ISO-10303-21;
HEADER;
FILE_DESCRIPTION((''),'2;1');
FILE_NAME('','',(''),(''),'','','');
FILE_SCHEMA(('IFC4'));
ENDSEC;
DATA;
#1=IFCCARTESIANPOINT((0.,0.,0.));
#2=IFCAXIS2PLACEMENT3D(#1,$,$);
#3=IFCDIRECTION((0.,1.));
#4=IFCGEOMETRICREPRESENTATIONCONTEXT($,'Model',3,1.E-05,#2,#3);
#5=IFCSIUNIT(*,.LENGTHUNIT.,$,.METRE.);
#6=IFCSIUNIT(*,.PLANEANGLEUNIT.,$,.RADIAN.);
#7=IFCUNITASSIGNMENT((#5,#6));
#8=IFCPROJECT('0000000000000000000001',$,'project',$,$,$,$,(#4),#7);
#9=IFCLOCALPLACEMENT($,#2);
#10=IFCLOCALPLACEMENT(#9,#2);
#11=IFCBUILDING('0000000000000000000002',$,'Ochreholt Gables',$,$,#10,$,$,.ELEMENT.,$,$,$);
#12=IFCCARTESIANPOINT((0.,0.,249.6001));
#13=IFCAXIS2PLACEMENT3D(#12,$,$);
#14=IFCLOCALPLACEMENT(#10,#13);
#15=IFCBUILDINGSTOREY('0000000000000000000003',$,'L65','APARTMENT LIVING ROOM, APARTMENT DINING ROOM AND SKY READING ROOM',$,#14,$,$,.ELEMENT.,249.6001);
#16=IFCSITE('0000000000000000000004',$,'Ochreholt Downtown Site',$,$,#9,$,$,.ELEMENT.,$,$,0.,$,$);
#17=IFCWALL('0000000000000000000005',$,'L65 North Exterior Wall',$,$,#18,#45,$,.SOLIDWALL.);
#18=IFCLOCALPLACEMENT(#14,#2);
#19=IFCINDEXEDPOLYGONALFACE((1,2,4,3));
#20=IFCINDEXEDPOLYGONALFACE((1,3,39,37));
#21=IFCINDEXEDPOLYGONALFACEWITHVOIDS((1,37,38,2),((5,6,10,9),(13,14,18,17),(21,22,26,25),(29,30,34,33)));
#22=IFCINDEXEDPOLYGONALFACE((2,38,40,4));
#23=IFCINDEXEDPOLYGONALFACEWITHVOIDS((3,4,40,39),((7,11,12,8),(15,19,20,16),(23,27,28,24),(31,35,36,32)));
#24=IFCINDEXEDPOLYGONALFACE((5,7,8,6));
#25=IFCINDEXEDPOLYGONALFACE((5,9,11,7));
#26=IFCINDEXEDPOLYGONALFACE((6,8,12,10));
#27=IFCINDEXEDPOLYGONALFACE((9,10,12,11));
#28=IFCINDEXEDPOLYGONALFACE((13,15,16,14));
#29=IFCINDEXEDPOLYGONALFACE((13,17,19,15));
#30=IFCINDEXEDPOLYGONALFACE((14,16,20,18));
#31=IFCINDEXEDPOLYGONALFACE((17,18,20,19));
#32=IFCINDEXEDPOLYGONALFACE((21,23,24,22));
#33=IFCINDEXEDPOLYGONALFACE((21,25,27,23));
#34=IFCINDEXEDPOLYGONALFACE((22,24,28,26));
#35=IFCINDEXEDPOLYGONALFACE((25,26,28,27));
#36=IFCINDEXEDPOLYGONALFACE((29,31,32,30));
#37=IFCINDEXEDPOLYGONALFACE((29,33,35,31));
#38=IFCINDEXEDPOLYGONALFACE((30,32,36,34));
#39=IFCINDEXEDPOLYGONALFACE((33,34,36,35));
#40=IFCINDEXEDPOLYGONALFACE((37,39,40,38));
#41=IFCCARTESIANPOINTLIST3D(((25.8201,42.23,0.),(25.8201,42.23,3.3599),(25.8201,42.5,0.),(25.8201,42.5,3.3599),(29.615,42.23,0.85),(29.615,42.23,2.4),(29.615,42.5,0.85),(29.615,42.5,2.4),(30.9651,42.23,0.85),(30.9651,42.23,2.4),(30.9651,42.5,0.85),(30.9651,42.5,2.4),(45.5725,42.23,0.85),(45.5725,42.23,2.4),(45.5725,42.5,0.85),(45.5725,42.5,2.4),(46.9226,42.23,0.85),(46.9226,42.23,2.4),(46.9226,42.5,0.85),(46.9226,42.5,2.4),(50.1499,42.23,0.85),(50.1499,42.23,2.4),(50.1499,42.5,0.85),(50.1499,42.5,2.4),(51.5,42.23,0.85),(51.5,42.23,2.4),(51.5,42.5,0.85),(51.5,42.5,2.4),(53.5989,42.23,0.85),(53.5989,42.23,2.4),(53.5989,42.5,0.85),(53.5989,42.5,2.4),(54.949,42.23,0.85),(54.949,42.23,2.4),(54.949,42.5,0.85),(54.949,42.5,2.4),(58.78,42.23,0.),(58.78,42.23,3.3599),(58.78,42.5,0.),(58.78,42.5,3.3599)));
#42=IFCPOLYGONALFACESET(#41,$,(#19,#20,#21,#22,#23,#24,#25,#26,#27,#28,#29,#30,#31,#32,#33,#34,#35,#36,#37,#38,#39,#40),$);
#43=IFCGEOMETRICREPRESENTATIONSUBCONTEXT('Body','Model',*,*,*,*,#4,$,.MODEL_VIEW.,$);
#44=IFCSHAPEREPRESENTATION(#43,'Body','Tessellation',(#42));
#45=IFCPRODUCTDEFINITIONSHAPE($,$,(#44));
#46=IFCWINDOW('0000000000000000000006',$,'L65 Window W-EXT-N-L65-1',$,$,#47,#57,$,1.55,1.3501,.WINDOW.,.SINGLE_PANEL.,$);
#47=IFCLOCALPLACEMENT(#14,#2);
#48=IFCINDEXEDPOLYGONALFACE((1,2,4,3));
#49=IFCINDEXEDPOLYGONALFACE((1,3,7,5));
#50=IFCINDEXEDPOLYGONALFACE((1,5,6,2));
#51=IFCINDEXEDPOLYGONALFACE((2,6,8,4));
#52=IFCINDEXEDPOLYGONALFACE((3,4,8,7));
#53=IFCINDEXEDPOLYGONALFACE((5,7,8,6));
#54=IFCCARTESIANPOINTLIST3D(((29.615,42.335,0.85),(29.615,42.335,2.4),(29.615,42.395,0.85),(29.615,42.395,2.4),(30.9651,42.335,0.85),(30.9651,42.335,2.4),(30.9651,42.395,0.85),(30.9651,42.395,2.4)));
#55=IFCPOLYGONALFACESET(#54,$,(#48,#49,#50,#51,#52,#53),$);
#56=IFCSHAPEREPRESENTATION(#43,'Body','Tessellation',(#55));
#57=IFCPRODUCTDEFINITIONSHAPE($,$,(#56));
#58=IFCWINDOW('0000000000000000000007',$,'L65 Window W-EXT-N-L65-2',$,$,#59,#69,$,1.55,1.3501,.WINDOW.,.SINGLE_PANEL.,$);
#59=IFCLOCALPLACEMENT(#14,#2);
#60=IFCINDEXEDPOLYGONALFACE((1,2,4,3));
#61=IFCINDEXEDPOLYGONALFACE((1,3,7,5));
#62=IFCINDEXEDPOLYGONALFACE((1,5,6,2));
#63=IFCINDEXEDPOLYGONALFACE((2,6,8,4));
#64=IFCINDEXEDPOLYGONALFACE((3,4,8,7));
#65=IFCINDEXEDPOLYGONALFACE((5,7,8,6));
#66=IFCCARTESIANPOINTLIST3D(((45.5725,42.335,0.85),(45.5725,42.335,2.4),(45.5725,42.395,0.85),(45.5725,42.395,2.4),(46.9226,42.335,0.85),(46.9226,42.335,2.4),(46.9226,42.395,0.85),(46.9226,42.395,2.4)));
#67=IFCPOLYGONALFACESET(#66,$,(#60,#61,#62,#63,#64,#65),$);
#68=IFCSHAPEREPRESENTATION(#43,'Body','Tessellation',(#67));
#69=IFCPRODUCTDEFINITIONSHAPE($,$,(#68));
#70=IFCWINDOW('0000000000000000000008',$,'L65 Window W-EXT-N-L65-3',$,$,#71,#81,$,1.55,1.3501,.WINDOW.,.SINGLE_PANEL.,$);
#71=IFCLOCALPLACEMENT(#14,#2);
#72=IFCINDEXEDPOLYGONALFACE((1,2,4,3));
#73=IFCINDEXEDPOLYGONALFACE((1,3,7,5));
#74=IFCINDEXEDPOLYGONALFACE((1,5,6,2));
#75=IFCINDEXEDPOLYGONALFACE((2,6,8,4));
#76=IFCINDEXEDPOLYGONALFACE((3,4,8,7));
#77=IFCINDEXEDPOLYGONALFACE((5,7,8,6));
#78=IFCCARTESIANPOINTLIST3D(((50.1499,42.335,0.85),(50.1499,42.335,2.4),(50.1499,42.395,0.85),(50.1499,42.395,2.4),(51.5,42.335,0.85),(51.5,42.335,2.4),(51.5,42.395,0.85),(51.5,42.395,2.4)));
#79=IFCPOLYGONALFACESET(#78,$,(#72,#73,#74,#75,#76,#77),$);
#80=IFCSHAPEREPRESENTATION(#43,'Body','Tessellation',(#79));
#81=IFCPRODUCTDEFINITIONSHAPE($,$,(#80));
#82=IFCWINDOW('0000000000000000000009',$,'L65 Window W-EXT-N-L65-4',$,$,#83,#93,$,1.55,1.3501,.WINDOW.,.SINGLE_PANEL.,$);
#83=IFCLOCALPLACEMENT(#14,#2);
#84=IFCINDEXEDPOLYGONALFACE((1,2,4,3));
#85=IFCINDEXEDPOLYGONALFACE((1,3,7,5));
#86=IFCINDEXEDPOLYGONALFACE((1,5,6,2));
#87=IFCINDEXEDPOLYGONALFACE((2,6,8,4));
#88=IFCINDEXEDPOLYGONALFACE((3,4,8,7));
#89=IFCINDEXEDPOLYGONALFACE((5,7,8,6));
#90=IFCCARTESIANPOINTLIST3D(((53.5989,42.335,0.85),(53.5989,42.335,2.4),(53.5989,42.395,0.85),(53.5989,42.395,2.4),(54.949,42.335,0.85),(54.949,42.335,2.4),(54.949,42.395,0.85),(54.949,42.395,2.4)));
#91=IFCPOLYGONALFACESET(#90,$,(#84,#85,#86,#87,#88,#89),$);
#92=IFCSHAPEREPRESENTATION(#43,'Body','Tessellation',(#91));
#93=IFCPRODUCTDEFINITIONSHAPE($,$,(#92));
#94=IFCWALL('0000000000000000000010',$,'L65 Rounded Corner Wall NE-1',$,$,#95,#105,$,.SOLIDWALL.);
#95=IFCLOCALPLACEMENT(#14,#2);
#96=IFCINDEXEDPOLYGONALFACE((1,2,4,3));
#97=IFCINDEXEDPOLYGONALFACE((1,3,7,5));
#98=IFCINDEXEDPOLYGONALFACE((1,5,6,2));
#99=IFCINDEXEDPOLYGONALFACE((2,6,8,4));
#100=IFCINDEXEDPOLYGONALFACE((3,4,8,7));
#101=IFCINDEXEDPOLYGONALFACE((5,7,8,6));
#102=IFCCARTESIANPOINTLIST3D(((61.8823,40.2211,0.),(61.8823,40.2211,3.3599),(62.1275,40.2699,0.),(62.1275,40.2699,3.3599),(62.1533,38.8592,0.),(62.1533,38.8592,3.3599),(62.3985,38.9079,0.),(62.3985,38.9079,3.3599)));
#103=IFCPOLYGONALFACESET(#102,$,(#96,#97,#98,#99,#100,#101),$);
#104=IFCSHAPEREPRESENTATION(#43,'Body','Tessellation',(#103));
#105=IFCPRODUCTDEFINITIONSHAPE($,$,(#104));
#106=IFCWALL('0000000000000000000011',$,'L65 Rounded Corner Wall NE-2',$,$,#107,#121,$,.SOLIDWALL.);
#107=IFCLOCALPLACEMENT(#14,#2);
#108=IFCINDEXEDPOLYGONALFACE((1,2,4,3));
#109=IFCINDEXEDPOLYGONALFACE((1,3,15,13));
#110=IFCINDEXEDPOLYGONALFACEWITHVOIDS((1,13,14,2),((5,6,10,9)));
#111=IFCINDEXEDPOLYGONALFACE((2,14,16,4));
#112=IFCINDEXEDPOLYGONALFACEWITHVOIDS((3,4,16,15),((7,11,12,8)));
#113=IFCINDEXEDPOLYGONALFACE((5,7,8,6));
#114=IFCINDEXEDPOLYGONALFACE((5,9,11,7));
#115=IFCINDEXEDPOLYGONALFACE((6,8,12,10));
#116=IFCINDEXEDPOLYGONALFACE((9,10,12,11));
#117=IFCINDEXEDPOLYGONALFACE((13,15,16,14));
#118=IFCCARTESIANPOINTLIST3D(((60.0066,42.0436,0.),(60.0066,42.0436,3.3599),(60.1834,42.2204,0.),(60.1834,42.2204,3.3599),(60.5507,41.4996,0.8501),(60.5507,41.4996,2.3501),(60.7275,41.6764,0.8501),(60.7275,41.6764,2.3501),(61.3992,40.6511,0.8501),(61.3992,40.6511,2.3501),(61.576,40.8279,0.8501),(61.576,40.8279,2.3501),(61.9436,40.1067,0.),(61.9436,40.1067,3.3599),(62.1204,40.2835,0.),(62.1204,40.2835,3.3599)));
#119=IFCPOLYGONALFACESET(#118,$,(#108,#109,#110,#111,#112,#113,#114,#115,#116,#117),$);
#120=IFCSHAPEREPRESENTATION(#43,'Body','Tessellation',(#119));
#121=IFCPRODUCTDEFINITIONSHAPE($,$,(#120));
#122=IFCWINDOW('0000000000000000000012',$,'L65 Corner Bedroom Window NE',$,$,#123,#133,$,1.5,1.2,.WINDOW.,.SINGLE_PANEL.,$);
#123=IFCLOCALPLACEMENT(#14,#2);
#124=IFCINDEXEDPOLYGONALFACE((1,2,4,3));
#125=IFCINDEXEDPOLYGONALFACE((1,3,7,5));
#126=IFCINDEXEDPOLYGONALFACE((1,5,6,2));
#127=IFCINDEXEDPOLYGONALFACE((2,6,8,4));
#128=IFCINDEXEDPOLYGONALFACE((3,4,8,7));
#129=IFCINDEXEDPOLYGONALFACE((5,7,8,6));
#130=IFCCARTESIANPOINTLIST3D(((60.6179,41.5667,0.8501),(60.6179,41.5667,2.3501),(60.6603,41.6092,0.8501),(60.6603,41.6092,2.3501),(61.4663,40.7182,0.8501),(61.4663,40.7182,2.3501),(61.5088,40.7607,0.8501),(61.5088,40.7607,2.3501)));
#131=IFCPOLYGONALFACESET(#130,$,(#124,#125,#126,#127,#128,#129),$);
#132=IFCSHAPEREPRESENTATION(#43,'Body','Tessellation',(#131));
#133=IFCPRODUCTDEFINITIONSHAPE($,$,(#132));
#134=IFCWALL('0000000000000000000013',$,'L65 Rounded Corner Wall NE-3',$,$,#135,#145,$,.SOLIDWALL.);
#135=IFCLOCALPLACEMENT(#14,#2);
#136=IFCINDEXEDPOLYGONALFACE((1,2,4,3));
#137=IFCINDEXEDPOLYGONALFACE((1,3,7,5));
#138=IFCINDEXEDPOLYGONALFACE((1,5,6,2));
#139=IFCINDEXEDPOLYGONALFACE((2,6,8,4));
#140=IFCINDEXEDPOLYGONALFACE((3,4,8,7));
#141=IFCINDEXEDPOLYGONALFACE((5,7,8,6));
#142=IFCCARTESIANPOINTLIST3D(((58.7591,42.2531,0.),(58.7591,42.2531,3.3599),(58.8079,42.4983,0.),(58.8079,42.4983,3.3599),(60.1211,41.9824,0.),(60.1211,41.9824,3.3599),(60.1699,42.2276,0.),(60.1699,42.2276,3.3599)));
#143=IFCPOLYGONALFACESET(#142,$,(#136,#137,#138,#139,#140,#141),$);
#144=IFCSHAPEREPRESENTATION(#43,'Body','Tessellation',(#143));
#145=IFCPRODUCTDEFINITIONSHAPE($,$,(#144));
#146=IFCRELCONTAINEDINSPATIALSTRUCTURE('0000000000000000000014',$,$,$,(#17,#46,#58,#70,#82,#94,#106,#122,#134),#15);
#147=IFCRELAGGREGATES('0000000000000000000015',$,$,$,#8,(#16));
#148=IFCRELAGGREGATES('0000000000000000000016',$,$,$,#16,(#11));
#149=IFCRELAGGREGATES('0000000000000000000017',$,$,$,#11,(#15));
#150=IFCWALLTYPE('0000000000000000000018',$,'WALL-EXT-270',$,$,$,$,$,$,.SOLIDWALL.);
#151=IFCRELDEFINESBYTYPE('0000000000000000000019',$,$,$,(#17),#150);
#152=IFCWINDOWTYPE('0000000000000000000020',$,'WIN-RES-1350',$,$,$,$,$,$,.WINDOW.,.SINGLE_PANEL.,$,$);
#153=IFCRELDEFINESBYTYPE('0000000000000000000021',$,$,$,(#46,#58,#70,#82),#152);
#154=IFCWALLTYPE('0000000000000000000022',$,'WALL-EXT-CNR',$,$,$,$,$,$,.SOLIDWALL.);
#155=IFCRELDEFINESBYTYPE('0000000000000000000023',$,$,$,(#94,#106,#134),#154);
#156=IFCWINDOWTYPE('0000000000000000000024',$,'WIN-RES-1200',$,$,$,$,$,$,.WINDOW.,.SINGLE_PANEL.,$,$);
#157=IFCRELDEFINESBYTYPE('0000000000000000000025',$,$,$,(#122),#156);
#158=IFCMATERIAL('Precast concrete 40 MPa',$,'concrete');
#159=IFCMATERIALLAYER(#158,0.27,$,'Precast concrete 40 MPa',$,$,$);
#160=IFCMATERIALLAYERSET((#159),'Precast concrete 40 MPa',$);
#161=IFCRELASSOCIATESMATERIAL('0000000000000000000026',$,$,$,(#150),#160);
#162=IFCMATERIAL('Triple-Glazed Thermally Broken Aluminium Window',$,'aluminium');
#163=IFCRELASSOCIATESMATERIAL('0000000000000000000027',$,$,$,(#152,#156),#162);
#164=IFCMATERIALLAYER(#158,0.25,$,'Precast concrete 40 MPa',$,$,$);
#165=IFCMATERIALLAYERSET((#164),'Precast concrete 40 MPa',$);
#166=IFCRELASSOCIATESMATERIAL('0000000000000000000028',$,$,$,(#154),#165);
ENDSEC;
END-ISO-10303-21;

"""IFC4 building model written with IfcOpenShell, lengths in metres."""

from ifc_helpers import new_model, si_unit, direction, frame, frame_2d, origin, place, context, subcontext, project, spatial, rectangle, extrude, material, layer, layer_set, type_object, element, fill, save


model = new_model("IFC4")

# Units and contexts
model_context = context("Model", 3, precision=1e-05, world=origin(), true_north=direction((0.0, 1.0)))
body_context = subcontext(model_context, "Body", "Model", "MODEL_VIEW")
ifc_project = project(units=[si_unit("LENGTHUNIT", "METRE"), si_unit("PLANEANGLEUNIT", "RADIAN")], contexts=[model_context])

# Site, building, storey
site_placement = place(None, origin())
site = spatial("IfcSite", under=ifc_project, at=site_placement, Name="Ochreholt Downtown Site", CompositionType="ELEMENT", RefElevation=0.0)
building_placement = place(site_placement, origin())
building = spatial("IfcBuilding", under=site, at=building_placement, Name="Ochreholt Gables", CompositionType="ELEMENT")
storey_placement = place(building_placement, frame((0.0, 0.0, 249.6001)))
storey = spatial("IfcBuildingStorey", under=building, at=storey_placement, Name="L65", Description="APARTMENT LIVING ROOM, APARTMENT DINING ROOM AND SKY READING ROOM", CompositionType="ELEMENT", Elevation=249.6001)

# Wall, openings, windows
ifc_material_1 = material(Name="Precast concrete 40 MPa", Category="concrete")
ifc_layer_1 = layer(ifc_material_1, 0.27, Name="Precast concrete 40 MPa")
ifc_layer_set_1 = layer_set([ifc_layer_1], Name="Precast concrete 40 MPa")
wall_type_1 = type_object("IfcWallType", Name="WALL-EXT-270", PredefinedType="SOLIDWALL", material=ifc_layer_set_1)
wall_1_placement = place(storey_placement, frame((58.78, 42.365, 0.0), z_axis=(0.0, 0.0, 1.0), x_axis=(-1.0, 0.0, 0.0)))
wall_1 = element("IfcWall", 1, at=wall_1_placement, inside=storey, type_object=wall_type_1, Name="L65 North Exterior Wall", PredefinedType="SOLIDWALL", context=body_context, shape_type="SweptSolid", body=[
    extrude(rectangle(XDim=32.96, YDim=0.27, at=frame_2d((16.48, 0.0))), origin(), (0.0, 0.0, 1.0), 3.3599),
])
opening_1_placement = place(wall_1_placement, frame((27.8149, 0.0, 0.8501)))
opening_1 = element("IfcOpeningElement", 2, at=opening_1_placement, cuts=wall_1, PredefinedType="OPENING", context=body_context, shape_type="SweptSolid", body=[
    extrude(rectangle(XDim=1.3501, YDim=1.55, at=frame_2d((0.675, 0.7749))), frame((0.0, 0.145, 0.0), z_axis=(0.0, -1.0, 0.0), x_axis=(1.0, 0.0, 0.0)), (0.0, 0.0, 1.0), 0.29),
])
opening_2_placement = place(wall_1_placement, frame((11.8574, 0.0, 0.8501)))
opening_2 = element("IfcOpeningElement", 3, at=opening_2_placement, cuts=wall_1, PredefinedType="OPENING", context=body_context, shape_type="SweptSolid", body=[
    extrude(rectangle(XDim=1.3501, YDim=1.55, at=frame_2d((0.675, 0.7749))), frame((0.0, 0.145, 0.0), z_axis=(0.0, -1.0, 0.0), x_axis=(1.0, 0.0, 0.0)), (0.0, 0.0, 1.0), 0.29),
])
opening_3_placement = place(wall_1_placement, frame((7.28, 0.0, 0.8501)))
opening_3 = element("IfcOpeningElement", 4, at=opening_3_placement, cuts=wall_1, PredefinedType="OPENING", context=body_context, shape_type="SweptSolid", body=[
    extrude(rectangle(XDim=1.3501, YDim=1.55, at=frame_2d((0.675, 0.7749))), frame((0.0, 0.145, 0.0), z_axis=(0.0, -1.0, 0.0), x_axis=(1.0, 0.0, 0.0)), (0.0, 0.0, 1.0), 0.29),
])
opening_4_placement = place(wall_1_placement, frame((3.8311, 0.0, 0.8501)))
opening_4 = element("IfcOpeningElement", 5, at=opening_4_placement, cuts=wall_1, PredefinedType="OPENING", context=body_context, shape_type="SweptSolid", body=[
    extrude(rectangle(XDim=1.3501, YDim=1.55, at=frame_2d((0.675, 0.7749))), frame((0.0, 0.145, 0.0), z_axis=(0.0, -1.0, 0.0), x_axis=(1.0, 0.0, 0.0)), (0.0, 0.0, 1.0), 0.29),
])
ifc_material_2 = material(Name="Triple-Glazed Thermally Broken Aluminium Window", Category="aluminium")
window_type_1 = type_object("IfcWindowType", Name="WIN-RES-1350", PartitioningType="SINGLE_PANEL", PredefinedType="WINDOW", material=ifc_material_2)
window_1_placement = place(opening_1_placement, origin())
window_1 = element("IfcWindow", 6, at=window_1_placement, inside=storey, type_object=window_type_1, Name="L65 Window W-EXT-N-L65-1", OverallHeight=1.55, OverallWidth=1.3501, PartitioningType="SINGLE_PANEL", PredefinedType="WINDOW", context=body_context, shape_type="SweptSolid", body=[
    extrude(rectangle(XDim=1.3501, YDim=1.55, at=frame_2d((0.675, 0.7749))), frame((0.0, 0.03, 0.0), z_axis=(0.0, -1.0, 0.0), x_axis=(1.0, 0.0, 0.0)), (0.0, 0.0, 1.0), 0.0601),
])
fill(opening_1, window_1)
window_2_placement = place(opening_2_placement, origin())
window_2 = element("IfcWindow", 7, at=window_2_placement, inside=storey, type_object=window_type_1, Name="L65 Window W-EXT-N-L65-2", OverallHeight=1.55, OverallWidth=1.3501, PartitioningType="SINGLE_PANEL", PredefinedType="WINDOW", context=body_context, shape_type="SweptSolid", body=[
    extrude(rectangle(XDim=1.3501, YDim=1.55, at=frame_2d((0.675, 0.7749))), frame((0.0, 0.03, 0.0), z_axis=(0.0, -1.0, 0.0), x_axis=(1.0, 0.0, 0.0)), (0.0, 0.0, 1.0), 0.0601),
])
fill(opening_2, window_2)
window_3_placement = place(opening_3_placement, origin())
window_3 = element("IfcWindow", 8, at=window_3_placement, inside=storey, type_object=window_type_1, Name="L65 Window W-EXT-N-L65-3", OverallHeight=1.55, OverallWidth=1.3501, PartitioningType="SINGLE_PANEL", PredefinedType="WINDOW", context=body_context, shape_type="SweptSolid", body=[
    extrude(rectangle(XDim=1.3501, YDim=1.55, at=frame_2d((0.675, 0.7749))), frame((0.0, 0.03, 0.0), z_axis=(0.0, -1.0, 0.0), x_axis=(1.0, 0.0, 0.0)), (0.0, 0.0, 1.0), 0.0601),
])
fill(opening_3, window_3)
window_4_placement = place(opening_4_placement, origin())
window_4 = element("IfcWindow", 9, at=window_4_placement, inside=storey, type_object=window_type_1, Name="L65 Window W-EXT-N-L65-4", OverallHeight=1.55, OverallWidth=1.3501, PartitioningType="SINGLE_PANEL", PredefinedType="WINDOW", context=body_context, shape_type="SweptSolid", body=[
    extrude(rectangle(XDim=1.3501, YDim=1.55, at=frame_2d((0.675, 0.7749))), frame((0.0, 0.03, 0.0), z_axis=(0.0, -1.0, 0.0), x_axis=(1.0, 0.0, 0.0)), (0.0, 0.0, 1.0), 0.0601),
])
fill(opening_4, window_4)

# Wall
ifc_layer_2 = layer(ifc_material_1, 0.25, Name="Precast concrete 40 MPa")
ifc_layer_set_2 = layer_set([ifc_layer_2], Name="Precast concrete 40 MPa")
wall_type_2 = type_object("IfcWallType", Name="WALL-EXT-CNR", PredefinedType="SOLIDWALL", material=ifc_layer_set_2)
wall_2_placement = place(storey_placement, frame((62.2759, 38.8835, 0.0), z_axis=(0.0, 0.0, 1.0), x_axis=(-0.195136, 0.980776, 0.0)))
element("IfcWall", 10, at=wall_2_placement, inside=storey, type_object=wall_type_2, Name="L65 Rounded Corner Wall NE-1", PredefinedType="SOLIDWALL", context=body_context, shape_type="SweptSolid", body=[
    extrude(rectangle(XDim=1.3887, YDim=0.25, at=frame_2d((0.6943, 0.0))), origin(), (0.0, 0.0, 1.0), 3.3599),
])

# Wall, opening, window
wall_3_placement = place(storey_placement, frame((62.032, 40.1951, 0.0), z_axis=(0.0, 0.0, 1.0), x_axis=(-0.707107, 0.707107, 0.0)))
wall_3 = element("IfcWall", 11, at=wall_3_placement, inside=storey, type_object=wall_type_2, Name="L65 Rounded Corner Wall NE-2", PredefinedType="SOLIDWALL", context=body_context, shape_type="SweptSolid", body=[
    extrude(rectangle(XDim=2.7393, YDim=0.25, at=frame_2d((1.3696, 0.0))), origin(), (0.0, 0.0, 1.0), 3.3599),
])
opening_5_placement = place(wall_3_placement, frame((0.7698, 0.0, 0.8501)))
opening_5 = element("IfcOpeningElement", 12, at=opening_5_placement, cuts=wall_3, PredefinedType="OPENING", context=body_context, shape_type="SweptSolid", body=[
    extrude(rectangle(XDim=1.2, YDim=1.5, at=frame_2d((0.6001, 0.75))), frame((0.0, 0.135, 0.0), z_axis=(0.0, -1.0, 0.0), x_axis=(1.0, 0.0, 0.0)), (0.0, 0.0, 1.0), 0.27),
])
window_type_2 = type_object("IfcWindowType", Name="WIN-RES-1200", PartitioningType="SINGLE_PANEL", PredefinedType="WINDOW", material=ifc_material_2)
window_5_placement = place(opening_5_placement, origin())
window_5 = element("IfcWindow", 13, at=window_5_placement, inside=storey, type_object=window_type_2, Name="L65 Corner Bedroom Window NE", OverallHeight=1.5, OverallWidth=1.2, PartitioningType="SINGLE_PANEL", PredefinedType="WINDOW", context=body_context, shape_type="SweptSolid", body=[
    extrude(rectangle(XDim=1.2, YDim=1.5, at=frame_2d((0.6001, 0.75))), frame((0.0, 0.03, 0.0), z_axis=(0.0, -1.0, 0.0), x_axis=(1.0, 0.0, 0.0)), (0.0, 0.0, 1.0), 0.0601),
])
fill(opening_5, window_5)

# Wall
wall_4_placement = place(storey_placement, frame((60.1455, 42.105, 0.0), z_axis=(0.0, 0.0, 1.0), x_axis=(-0.98081, 0.194967, 0.0)))
element("IfcWall", 14, at=wall_4_placement, inside=storey, type_object=wall_type_2, Name="L65 Rounded Corner Wall NE-3", PredefinedType="SOLIDWALL", context=body_context, shape_type="SweptSolid", body=[
    extrude(rectangle(XDim=1.3887, YDim=0.25, at=frame_2d((0.6943, 0.0))), origin(), (0.0, 0.0, 1.0), 3.3599),
])

save(model, "model.ifc")
